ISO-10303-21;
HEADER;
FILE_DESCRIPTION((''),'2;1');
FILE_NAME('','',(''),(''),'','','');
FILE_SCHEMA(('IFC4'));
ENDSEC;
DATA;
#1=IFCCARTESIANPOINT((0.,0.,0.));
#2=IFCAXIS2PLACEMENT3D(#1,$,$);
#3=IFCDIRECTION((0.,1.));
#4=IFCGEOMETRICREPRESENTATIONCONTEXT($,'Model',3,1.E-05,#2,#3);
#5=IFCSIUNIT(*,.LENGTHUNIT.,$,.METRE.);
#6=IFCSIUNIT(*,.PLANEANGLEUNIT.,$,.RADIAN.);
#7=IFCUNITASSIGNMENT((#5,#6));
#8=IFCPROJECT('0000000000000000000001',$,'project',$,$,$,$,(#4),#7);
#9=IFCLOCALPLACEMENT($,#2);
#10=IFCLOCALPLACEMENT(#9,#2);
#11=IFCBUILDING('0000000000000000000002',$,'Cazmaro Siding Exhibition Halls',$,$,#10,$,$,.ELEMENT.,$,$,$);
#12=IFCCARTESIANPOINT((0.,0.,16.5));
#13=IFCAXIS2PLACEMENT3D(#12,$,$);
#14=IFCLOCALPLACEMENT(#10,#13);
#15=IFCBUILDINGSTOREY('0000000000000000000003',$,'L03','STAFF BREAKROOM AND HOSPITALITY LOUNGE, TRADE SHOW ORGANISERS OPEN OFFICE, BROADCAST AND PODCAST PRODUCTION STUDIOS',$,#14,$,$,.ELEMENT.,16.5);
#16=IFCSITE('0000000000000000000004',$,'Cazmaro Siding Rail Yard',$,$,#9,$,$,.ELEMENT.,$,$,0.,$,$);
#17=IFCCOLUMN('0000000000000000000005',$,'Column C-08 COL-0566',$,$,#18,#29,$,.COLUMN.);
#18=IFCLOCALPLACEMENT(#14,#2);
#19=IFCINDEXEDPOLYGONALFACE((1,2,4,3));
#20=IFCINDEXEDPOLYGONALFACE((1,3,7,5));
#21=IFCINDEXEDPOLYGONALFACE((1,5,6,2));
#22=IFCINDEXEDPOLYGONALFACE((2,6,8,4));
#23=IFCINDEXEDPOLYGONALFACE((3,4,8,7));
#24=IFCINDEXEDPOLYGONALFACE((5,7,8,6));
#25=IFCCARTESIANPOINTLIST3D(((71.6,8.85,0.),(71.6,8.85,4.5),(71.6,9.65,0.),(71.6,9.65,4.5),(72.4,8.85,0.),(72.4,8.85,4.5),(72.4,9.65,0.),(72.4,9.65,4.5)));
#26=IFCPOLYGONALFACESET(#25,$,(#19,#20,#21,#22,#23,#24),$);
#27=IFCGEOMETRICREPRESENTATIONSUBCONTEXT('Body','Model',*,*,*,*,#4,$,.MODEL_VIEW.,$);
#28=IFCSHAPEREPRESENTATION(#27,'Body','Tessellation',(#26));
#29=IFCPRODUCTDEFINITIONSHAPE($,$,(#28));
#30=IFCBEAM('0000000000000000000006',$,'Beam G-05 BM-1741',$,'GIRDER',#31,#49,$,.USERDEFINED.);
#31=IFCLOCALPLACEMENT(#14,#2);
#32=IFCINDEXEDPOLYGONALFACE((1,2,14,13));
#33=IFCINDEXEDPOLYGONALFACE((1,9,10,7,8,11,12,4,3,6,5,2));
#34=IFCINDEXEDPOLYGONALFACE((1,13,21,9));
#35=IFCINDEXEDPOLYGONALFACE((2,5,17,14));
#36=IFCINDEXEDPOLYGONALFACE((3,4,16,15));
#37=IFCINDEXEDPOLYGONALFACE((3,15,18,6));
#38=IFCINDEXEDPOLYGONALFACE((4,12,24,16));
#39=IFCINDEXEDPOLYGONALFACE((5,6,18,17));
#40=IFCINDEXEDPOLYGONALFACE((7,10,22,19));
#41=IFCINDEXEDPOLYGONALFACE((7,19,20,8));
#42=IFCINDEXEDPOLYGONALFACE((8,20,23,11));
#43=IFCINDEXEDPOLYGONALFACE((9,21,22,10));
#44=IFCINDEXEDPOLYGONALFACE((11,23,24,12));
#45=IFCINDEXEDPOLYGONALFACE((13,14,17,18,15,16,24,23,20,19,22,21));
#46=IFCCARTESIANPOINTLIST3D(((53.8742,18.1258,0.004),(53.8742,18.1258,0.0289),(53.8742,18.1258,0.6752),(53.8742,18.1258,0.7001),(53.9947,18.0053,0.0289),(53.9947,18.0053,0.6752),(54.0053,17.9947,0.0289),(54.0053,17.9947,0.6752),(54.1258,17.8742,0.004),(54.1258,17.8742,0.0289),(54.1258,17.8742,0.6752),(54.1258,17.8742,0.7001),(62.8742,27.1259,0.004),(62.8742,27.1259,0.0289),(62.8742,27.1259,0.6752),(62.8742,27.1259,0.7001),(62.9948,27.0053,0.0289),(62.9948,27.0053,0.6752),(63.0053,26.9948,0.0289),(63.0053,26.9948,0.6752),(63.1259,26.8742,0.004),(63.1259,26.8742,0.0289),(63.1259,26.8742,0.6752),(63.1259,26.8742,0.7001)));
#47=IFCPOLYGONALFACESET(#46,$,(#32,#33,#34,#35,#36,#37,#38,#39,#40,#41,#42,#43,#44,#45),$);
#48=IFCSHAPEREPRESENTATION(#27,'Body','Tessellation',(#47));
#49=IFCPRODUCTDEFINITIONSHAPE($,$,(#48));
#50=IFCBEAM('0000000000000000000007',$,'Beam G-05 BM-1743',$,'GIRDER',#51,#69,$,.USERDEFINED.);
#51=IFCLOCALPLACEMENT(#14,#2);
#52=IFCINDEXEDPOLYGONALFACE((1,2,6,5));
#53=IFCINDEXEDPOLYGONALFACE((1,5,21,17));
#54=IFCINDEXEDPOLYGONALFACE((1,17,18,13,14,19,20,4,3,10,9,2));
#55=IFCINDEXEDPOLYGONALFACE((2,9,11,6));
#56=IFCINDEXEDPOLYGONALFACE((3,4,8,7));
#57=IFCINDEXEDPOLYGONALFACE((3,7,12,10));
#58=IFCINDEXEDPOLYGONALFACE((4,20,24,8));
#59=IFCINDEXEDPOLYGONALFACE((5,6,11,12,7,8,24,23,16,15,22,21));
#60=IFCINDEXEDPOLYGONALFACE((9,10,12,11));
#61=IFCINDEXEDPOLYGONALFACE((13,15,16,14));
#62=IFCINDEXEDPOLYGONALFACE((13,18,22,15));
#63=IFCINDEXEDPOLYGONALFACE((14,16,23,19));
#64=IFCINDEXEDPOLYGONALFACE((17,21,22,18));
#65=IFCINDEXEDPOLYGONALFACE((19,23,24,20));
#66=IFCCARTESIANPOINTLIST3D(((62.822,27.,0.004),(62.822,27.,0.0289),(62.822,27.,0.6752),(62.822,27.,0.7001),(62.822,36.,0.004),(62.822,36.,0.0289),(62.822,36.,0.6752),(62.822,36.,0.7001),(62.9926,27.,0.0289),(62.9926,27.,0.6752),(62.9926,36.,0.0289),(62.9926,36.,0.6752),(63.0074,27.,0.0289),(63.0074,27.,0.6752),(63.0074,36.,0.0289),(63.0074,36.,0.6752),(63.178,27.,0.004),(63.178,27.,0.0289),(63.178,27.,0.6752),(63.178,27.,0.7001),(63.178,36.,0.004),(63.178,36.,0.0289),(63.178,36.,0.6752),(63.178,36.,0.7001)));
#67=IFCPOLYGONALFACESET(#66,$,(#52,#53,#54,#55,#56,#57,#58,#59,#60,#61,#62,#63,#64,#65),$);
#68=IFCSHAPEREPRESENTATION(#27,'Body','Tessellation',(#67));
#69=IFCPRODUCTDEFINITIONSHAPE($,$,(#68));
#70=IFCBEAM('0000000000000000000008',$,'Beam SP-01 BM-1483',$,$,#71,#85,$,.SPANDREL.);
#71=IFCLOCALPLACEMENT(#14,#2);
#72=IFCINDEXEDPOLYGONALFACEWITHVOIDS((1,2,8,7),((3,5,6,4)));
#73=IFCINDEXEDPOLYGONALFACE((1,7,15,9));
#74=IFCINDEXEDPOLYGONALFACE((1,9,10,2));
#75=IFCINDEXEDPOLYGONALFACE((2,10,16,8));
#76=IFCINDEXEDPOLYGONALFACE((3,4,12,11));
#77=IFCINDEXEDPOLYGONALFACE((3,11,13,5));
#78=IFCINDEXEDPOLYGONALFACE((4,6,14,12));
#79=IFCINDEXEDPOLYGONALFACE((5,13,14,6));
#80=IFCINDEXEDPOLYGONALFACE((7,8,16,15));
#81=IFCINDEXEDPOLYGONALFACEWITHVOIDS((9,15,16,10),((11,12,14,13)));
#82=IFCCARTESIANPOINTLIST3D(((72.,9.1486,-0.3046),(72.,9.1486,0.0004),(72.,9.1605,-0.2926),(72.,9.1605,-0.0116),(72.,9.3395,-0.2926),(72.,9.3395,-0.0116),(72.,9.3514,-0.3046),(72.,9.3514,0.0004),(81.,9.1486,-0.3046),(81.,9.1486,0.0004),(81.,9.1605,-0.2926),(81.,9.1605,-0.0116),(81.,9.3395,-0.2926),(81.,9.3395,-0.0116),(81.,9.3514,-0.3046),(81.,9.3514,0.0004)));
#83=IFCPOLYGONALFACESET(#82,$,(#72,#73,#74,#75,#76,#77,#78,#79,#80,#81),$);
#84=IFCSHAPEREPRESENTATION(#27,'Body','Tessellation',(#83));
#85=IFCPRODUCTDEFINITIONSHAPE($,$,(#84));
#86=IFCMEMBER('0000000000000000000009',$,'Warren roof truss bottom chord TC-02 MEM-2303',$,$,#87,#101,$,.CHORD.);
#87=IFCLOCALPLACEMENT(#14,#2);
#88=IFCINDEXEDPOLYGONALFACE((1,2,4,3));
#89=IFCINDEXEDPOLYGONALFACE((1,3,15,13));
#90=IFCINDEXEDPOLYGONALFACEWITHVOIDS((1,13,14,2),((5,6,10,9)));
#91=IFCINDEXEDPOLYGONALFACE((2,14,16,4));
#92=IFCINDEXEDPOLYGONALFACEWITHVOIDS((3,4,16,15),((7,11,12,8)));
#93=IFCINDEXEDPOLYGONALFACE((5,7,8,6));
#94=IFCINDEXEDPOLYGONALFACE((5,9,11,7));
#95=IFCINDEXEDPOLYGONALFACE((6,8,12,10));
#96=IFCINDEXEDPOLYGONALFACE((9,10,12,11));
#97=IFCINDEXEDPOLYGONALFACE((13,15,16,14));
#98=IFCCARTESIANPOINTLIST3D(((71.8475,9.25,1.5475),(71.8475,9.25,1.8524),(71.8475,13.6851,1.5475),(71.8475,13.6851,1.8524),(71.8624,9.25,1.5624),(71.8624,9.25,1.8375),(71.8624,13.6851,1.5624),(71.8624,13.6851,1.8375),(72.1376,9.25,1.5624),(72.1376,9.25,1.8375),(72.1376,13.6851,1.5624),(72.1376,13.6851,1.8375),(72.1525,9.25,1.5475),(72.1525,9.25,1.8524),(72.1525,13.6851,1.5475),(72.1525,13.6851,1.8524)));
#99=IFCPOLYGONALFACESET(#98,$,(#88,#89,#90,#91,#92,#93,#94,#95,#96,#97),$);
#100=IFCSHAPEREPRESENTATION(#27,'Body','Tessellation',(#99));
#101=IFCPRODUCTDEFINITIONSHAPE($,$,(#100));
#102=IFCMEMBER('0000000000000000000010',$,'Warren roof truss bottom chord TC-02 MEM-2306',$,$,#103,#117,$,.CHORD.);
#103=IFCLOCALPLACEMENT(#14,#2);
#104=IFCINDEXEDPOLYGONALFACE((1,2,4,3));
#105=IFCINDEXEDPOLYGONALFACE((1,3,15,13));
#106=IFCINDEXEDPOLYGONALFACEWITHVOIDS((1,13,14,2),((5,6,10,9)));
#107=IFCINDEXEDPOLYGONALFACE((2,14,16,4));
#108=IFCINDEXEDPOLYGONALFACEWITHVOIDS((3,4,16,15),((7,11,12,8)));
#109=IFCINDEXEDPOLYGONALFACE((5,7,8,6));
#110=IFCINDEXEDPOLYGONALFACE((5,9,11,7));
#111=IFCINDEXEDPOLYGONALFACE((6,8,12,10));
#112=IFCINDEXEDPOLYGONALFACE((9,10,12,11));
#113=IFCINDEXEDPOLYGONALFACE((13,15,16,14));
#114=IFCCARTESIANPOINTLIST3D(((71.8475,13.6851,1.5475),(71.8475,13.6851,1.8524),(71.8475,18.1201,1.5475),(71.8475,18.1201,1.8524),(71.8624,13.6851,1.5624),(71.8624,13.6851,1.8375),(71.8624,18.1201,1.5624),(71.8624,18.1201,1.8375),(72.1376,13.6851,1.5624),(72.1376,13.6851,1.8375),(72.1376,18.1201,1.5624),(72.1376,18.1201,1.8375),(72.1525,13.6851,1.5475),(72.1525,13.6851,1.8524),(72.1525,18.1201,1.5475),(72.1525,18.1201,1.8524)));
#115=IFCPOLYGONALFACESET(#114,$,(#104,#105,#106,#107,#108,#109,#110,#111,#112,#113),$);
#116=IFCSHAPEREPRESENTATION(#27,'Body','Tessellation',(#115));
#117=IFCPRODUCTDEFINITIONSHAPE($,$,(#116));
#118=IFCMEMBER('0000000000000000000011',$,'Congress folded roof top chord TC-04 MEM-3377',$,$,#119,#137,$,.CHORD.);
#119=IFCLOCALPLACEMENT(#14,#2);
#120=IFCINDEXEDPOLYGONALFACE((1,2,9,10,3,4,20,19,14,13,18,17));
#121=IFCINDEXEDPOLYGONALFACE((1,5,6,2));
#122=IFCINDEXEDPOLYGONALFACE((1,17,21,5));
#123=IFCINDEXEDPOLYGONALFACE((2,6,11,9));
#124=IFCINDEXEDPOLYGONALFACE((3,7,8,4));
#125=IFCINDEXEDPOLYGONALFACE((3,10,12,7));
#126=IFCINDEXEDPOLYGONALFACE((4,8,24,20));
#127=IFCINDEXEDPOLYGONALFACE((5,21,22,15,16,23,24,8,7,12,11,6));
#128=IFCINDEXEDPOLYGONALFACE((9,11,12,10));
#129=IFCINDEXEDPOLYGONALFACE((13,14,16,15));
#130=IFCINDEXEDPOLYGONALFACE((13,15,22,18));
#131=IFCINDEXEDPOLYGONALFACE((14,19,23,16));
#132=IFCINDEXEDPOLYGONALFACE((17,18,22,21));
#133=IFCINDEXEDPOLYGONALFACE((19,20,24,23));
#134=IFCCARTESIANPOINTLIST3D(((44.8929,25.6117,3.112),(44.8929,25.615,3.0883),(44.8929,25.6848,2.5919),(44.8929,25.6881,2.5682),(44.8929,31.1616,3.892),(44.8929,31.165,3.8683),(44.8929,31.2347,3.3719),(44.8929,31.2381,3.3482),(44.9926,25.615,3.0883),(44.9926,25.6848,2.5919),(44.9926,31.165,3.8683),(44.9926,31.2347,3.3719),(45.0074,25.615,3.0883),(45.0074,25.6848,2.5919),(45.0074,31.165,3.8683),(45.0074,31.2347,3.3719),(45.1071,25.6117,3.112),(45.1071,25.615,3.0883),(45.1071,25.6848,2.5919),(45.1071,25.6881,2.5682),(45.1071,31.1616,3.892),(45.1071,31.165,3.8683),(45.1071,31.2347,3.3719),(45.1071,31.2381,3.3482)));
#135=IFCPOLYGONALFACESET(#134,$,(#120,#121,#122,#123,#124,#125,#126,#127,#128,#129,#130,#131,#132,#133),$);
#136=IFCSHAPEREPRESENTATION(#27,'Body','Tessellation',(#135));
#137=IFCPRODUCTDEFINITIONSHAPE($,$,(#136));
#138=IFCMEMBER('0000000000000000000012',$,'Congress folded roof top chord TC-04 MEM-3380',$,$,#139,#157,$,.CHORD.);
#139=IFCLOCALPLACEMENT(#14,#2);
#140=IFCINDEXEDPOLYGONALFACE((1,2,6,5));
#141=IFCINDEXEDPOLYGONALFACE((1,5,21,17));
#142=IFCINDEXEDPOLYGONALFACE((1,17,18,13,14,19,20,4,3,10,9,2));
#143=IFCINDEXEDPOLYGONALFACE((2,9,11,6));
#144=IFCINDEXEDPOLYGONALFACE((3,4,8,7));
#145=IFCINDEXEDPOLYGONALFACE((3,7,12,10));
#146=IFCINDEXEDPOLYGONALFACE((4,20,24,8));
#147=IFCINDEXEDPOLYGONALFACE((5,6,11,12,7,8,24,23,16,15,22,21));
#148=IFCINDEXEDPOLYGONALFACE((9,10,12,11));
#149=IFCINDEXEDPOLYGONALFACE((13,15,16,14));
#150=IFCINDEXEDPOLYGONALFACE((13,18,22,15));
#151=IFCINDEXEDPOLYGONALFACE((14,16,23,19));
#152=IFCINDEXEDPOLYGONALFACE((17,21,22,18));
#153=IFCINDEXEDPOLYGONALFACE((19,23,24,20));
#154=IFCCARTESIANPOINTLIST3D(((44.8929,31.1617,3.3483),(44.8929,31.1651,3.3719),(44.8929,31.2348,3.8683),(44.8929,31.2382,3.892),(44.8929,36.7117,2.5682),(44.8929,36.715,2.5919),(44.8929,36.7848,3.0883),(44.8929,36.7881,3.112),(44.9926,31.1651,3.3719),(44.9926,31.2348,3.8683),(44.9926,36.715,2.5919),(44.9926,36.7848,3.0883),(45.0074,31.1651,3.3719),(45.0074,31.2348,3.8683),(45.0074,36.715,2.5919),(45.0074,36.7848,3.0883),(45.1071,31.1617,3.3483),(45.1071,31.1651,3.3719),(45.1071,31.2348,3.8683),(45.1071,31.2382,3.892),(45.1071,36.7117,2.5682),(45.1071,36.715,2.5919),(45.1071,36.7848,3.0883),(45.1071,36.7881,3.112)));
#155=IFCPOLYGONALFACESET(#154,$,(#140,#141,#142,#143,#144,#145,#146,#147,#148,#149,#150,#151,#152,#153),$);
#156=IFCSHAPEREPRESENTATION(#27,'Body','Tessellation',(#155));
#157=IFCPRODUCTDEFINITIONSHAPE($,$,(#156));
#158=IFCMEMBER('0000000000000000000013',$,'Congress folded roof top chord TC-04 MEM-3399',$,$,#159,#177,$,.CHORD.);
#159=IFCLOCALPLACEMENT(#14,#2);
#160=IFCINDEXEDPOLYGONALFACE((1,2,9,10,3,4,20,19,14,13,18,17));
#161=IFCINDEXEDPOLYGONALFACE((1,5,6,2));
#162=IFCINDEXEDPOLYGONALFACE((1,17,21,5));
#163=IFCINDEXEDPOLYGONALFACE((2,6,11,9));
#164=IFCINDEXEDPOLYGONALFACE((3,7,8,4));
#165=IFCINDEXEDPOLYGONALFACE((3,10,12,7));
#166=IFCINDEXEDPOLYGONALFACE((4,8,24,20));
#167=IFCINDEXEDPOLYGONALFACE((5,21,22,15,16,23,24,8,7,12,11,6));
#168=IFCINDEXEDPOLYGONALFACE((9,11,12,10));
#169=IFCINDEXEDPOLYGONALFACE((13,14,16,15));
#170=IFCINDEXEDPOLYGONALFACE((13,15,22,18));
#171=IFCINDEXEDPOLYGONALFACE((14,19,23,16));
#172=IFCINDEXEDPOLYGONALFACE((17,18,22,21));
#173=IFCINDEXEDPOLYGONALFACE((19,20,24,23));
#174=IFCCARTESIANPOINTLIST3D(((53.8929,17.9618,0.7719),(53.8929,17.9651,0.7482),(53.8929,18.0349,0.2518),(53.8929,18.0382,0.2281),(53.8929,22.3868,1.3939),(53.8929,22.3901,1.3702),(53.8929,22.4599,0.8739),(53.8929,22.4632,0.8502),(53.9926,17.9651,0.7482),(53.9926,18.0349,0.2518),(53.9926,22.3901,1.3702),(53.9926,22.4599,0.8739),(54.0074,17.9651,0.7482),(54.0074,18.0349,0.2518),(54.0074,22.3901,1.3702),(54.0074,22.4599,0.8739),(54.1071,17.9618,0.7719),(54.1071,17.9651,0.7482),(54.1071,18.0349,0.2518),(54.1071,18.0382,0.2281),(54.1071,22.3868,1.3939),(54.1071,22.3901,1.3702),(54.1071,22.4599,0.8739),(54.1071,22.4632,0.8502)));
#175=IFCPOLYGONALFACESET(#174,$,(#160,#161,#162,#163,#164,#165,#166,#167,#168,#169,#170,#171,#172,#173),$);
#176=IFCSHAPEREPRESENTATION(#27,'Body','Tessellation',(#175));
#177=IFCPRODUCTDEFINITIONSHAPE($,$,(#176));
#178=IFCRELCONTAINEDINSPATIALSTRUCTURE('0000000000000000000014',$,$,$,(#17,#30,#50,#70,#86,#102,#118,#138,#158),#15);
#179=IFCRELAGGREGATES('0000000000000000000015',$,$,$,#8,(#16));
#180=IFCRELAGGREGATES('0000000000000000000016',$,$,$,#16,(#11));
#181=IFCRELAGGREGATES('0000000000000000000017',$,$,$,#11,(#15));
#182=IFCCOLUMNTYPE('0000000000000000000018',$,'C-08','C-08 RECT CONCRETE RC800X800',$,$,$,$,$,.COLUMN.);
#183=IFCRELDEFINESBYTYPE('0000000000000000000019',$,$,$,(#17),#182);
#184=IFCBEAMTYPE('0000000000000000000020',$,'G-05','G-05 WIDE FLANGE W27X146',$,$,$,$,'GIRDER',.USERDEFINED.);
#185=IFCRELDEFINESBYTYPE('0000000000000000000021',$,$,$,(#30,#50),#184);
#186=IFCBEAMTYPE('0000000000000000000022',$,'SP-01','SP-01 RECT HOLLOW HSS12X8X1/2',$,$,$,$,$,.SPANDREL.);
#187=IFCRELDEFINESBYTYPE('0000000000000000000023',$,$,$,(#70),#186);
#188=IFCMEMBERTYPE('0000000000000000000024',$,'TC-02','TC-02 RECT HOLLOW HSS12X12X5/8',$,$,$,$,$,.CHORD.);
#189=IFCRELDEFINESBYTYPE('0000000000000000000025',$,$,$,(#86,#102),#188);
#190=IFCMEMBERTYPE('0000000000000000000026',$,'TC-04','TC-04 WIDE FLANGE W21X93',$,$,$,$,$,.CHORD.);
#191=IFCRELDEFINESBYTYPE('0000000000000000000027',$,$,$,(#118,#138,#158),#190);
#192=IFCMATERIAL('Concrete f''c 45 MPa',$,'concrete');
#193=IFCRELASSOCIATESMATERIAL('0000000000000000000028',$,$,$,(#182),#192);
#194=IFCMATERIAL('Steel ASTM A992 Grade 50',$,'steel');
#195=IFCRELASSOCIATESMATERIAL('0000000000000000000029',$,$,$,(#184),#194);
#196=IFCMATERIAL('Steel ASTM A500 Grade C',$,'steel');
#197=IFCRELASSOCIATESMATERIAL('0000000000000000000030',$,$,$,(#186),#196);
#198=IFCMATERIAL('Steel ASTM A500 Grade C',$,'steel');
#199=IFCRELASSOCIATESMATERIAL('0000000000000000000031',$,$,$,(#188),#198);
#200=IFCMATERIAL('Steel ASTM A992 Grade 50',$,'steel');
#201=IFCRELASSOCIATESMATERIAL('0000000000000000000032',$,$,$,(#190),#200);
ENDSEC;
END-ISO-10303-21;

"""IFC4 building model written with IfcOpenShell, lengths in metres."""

from ifc_helpers import new_model, si_unit, direction, frame, origin, origin_2d, place, context, subcontext, project, spatial, rectangle, hollow_rectangle, i_section, extrude, material, material_profile, profile_set, type_object, element, save


model = new_model("IFC4")

# Units and contexts
model_context = context("Model", 3, precision=1e-05, world=origin(), true_north=direction((0.0, 1.0)))
body_context = subcontext(model_context, "Body", "Model", "MODEL_VIEW")
ifc_project = project(units=[si_unit("LENGTHUNIT", "METRE"), si_unit("PLANEANGLEUNIT", "RADIAN")], contexts=[model_context])

# Site, building, storey
site_placement = place(None, origin())
site = spatial("IfcSite", under=ifc_project, at=site_placement, Name="Cazmaro Siding Rail Yard", CompositionType="ELEMENT", RefElevation=0.0)
building_placement = place(site_placement, origin())
building = spatial("IfcBuilding", under=site, at=building_placement, Name="Cazmaro Siding Exhibition Halls", CompositionType="ELEMENT")
storey_placement = place(building_placement, frame((0.0, 0.0, 16.5)))
storey = spatial("IfcBuildingStorey", under=building, at=storey_placement, Name="L03", Description="STAFF BREAKROOM AND HOSPITALITY LOUNGE, TRADE SHOW ORGANISERS OPEN OFFICE, BROADCAST AND PODCAST PRODUCTION STUDIOS", CompositionType="ELEMENT", Elevation=16.5)

# Column
ifc_material_1 = material(Name="Concrete f'c 45 MPa", Category="concrete")
ifc_material_profile_1 = material_profile(ifc_material_1, rectangle(XDim=0.8, YDim=0.8, at=origin_2d()), Name="RC800X800")
ifc_profile_set_1 = profile_set([ifc_material_profile_1], Name="Concrete f'c 45 MPa")
column_type = type_object("IfcColumnType", Name="C-08", Description="C-08 RECT CONCRETE RC800X800", PredefinedType="COLUMN", material=ifc_profile_set_1)
column_placement = place(storey_placement, frame((72.0, 9.25, 0.0), z_axis=(0.0, 0.0, 1.0), x_axis=(1.0, 0.0, 0.0)))
element("IfcColumn", 1, at=column_placement, inside=storey, type_object=column_type, Name="Column C-08 COL-0566", PredefinedType="COLUMN", context=body_context, shape_type="SweptSolid", body=[
    extrude(rectangle(XDim=0.8, YDim=0.8, at=origin_2d()), origin(), (0.0, 0.0, 1.0), 4.5),
])

# Beams
ifc_material_2 = material(Name="Steel ASTM A992 Grade 50", Category="steel")
ifc_material_profile_2 = material_profile(ifc_material_2, i_section(OverallWidth=0.356, OverallDepth=0.696, WebThickness=0.0149, FlangeThickness=0.0249, at=origin_2d()), Name="W27X146")
ifc_profile_set_2 = profile_set([ifc_material_profile_2], Name="Steel ASTM A992 Grade 50")
beam_type_1 = type_object("IfcBeamType", Name="G-05", Description="G-05 WIDE FLANGE W27X146", ElementType="GIRDER", PredefinedType="USERDEFINED", material=ifc_profile_set_2)
beam_1_placement = place(storey_placement, frame((54.0, 18.0, 0.3521), z_axis=(0.707107, 0.707107, 0.0), x_axis=(-0.707107, 0.707107, 0.0)))
element("IfcBeam", 2, at=beam_1_placement, inside=storey, type_object=beam_type_1, Name="Beam G-05 BM-1741", ObjectType="GIRDER", PredefinedType="USERDEFINED", context=body_context, shape_type="SweptSolid", body=[
    extrude(i_section(OverallWidth=0.356, OverallDepth=0.696, WebThickness=0.0149, FlangeThickness=0.0249, at=origin_2d()), origin(), (0.0, 0.0, 1.0), 12.728),
])
beam_2_placement = place(storey_placement, frame((63.0, 27.0, 0.3521), z_axis=(0.0, 1.0, 0.0), x_axis=(-1.0, 0.0, 0.0)))
element("IfcBeam", 3, at=beam_2_placement, inside=storey, type_object=beam_type_1, Name="Beam G-05 BM-1743", ObjectType="GIRDER", PredefinedType="USERDEFINED", context=body_context, shape_type="SweptSolid", body=[
    extrude(i_section(OverallWidth=0.356, OverallDepth=0.696, WebThickness=0.0149, FlangeThickness=0.0249, at=origin_2d()), origin(), (0.0, 0.0, 1.0), 9.0),
])
ifc_material_3 = material(Name="Steel ASTM A500 Grade C", Category="steel")
ifc_material_profile_3 = material_profile(ifc_material_3, hollow_rectangle(XDim=0.2029, YDim=0.3049, WallThickness=0.012, at=origin_2d()), Name="HSS12X8X1/2")
ifc_profile_set_3 = profile_set([ifc_material_profile_3], Name="Steel ASTM A500 Grade C")
beam_type_2 = type_object("IfcBeamType", Name="SP-01", Description="SP-01 RECT HOLLOW HSS12X8X1/2", PredefinedType="SPANDREL", material=ifc_profile_set_3)
beam_3_placement = place(storey_placement, frame((72.0, 9.25, -0.1521), z_axis=(1.0, 0.0, 0.0), x_axis=(0.0, 1.0, 0.0)))
element("IfcBeam", 4, at=beam_3_placement, inside=storey, type_object=beam_type_2, Name="Beam SP-01 BM-1483", PredefinedType="SPANDREL", context=body_context, shape_type="SweptSolid", body=[
    extrude(hollow_rectangle(XDim=0.2029, YDim=0.3049, WallThickness=0.012, at=origin_2d()), origin(), (0.0, 0.0, 1.0), 9.0),
])

# Members
ifc_material_4 = material(Name="Steel ASTM A500 Grade C", Category="steel")
ifc_material_profile_4 = material_profile(ifc_material_4, hollow_rectangle(XDim=0.3049, YDim=0.3049, WallThickness=0.0149, at=origin_2d()), Name="HSS12X12X5/8")
ifc_profile_set_4 = profile_set([ifc_material_profile_4], Name="Steel ASTM A500 Grade C")
member_type_1 = type_object("IfcMemberType", Name="TC-02", Description="TC-02 RECT HOLLOW HSS12X12X5/8", PredefinedType="CHORD", material=ifc_profile_set_4)
for number, where, z_axis, x_axis, name in (
    (5, (72.0, 9.25, 1.7), (0.0, 1.0, 0.0), (-1.0, 0.0, 0.0), "Warren roof truss bottom chord TC-02 MEM-2303"),
    (6, (72.0, 13.6851, 1.7), (0.0, 1.0, 0.0), (-1.0, 0.0, 0.0), "Warren roof truss bottom chord TC-02 MEM-2306"),
):
    element("IfcMember", number, at=place(storey_placement, frame(where, z_axis=z_axis, x_axis=x_axis)), inside=storey, type_object=member_type_1, Name=name, PredefinedType="CHORD", context=body_context, shape_type="SweptSolid", body=[
        extrude(hollow_rectangle(XDim=0.3049, YDim=0.3049, WallThickness=0.0149, at=origin_2d()), origin(), (0.0, 0.0, 1.0), 4.4351),
    ])
ifc_material_5 = material(Name="Steel ASTM A992 Grade 50", Category="steel")
ifc_material_profile_5 = material_profile(ifc_material_5, i_section(OverallWidth=0.2141, OverallDepth=0.5491, WebThickness=0.0149, FlangeThickness=0.0239, at=origin_2d()), Name="W21X93")
ifc_profile_set_5 = profile_set([ifc_material_profile_5], Name="Steel ASTM A992 Grade 50")
member_type_2 = type_object("IfcMemberType", Name="TC-04", Description="TC-04 WIDE FLANGE W21X93", PredefinedType="CHORD", material=ifc_profile_set_5)
for number, where, z_axis, x_axis, name in (
    (7, (45.0, 25.6499, 2.8401), (0.0, 0.990268, 0.139177), (-1.0, 0.0, 0.0), "Congress folded roof top chord TC-04 MEM-3377"),
    (8, (45.0, 31.2, 3.6201), (0.0, 0.990268, -0.139177), (-1.0, 0.0, 0.0), "Congress folded roof top chord TC-04 MEM-3380"),
):
    element("IfcMember", number, at=place(storey_placement, frame(where, z_axis=z_axis, x_axis=x_axis)), inside=storey, type_object=member_type_2, Name=name, PredefinedType="CHORD", context=body_context, shape_type="SweptSolid", body=[
        extrude(i_section(OverallWidth=0.2141, OverallDepth=0.5491, WebThickness=0.0149, FlangeThickness=0.0239, at=origin_2d()), origin(), (0.0, 0.0, 1.0), 5.6045),
    ])
for number, where, z_axis, x_axis, name in (
    (9, (54.0, 18.0, 0.5), (0.0, 0.990263, 0.13921), (-1.0, 0.0, 0.0), "Congress folded roof top chord TC-04 MEM-3399"),
):
    element("IfcMember", number, at=place(storey_placement, frame(where, z_axis=z_axis, x_axis=x_axis)), inside=storey, type_object=member_type_2, Name=name, PredefinedType="CHORD", context=body_context, shape_type="SweptSolid", body=[
        extrude(i_section(OverallWidth=0.2141, OverallDepth=0.5491, WebThickness=0.0149, FlangeThickness=0.0239, at=origin_2d()), origin(), (0.0, 0.0, 1.0), 4.4685),
    ])

save(model, "model.ifc")
